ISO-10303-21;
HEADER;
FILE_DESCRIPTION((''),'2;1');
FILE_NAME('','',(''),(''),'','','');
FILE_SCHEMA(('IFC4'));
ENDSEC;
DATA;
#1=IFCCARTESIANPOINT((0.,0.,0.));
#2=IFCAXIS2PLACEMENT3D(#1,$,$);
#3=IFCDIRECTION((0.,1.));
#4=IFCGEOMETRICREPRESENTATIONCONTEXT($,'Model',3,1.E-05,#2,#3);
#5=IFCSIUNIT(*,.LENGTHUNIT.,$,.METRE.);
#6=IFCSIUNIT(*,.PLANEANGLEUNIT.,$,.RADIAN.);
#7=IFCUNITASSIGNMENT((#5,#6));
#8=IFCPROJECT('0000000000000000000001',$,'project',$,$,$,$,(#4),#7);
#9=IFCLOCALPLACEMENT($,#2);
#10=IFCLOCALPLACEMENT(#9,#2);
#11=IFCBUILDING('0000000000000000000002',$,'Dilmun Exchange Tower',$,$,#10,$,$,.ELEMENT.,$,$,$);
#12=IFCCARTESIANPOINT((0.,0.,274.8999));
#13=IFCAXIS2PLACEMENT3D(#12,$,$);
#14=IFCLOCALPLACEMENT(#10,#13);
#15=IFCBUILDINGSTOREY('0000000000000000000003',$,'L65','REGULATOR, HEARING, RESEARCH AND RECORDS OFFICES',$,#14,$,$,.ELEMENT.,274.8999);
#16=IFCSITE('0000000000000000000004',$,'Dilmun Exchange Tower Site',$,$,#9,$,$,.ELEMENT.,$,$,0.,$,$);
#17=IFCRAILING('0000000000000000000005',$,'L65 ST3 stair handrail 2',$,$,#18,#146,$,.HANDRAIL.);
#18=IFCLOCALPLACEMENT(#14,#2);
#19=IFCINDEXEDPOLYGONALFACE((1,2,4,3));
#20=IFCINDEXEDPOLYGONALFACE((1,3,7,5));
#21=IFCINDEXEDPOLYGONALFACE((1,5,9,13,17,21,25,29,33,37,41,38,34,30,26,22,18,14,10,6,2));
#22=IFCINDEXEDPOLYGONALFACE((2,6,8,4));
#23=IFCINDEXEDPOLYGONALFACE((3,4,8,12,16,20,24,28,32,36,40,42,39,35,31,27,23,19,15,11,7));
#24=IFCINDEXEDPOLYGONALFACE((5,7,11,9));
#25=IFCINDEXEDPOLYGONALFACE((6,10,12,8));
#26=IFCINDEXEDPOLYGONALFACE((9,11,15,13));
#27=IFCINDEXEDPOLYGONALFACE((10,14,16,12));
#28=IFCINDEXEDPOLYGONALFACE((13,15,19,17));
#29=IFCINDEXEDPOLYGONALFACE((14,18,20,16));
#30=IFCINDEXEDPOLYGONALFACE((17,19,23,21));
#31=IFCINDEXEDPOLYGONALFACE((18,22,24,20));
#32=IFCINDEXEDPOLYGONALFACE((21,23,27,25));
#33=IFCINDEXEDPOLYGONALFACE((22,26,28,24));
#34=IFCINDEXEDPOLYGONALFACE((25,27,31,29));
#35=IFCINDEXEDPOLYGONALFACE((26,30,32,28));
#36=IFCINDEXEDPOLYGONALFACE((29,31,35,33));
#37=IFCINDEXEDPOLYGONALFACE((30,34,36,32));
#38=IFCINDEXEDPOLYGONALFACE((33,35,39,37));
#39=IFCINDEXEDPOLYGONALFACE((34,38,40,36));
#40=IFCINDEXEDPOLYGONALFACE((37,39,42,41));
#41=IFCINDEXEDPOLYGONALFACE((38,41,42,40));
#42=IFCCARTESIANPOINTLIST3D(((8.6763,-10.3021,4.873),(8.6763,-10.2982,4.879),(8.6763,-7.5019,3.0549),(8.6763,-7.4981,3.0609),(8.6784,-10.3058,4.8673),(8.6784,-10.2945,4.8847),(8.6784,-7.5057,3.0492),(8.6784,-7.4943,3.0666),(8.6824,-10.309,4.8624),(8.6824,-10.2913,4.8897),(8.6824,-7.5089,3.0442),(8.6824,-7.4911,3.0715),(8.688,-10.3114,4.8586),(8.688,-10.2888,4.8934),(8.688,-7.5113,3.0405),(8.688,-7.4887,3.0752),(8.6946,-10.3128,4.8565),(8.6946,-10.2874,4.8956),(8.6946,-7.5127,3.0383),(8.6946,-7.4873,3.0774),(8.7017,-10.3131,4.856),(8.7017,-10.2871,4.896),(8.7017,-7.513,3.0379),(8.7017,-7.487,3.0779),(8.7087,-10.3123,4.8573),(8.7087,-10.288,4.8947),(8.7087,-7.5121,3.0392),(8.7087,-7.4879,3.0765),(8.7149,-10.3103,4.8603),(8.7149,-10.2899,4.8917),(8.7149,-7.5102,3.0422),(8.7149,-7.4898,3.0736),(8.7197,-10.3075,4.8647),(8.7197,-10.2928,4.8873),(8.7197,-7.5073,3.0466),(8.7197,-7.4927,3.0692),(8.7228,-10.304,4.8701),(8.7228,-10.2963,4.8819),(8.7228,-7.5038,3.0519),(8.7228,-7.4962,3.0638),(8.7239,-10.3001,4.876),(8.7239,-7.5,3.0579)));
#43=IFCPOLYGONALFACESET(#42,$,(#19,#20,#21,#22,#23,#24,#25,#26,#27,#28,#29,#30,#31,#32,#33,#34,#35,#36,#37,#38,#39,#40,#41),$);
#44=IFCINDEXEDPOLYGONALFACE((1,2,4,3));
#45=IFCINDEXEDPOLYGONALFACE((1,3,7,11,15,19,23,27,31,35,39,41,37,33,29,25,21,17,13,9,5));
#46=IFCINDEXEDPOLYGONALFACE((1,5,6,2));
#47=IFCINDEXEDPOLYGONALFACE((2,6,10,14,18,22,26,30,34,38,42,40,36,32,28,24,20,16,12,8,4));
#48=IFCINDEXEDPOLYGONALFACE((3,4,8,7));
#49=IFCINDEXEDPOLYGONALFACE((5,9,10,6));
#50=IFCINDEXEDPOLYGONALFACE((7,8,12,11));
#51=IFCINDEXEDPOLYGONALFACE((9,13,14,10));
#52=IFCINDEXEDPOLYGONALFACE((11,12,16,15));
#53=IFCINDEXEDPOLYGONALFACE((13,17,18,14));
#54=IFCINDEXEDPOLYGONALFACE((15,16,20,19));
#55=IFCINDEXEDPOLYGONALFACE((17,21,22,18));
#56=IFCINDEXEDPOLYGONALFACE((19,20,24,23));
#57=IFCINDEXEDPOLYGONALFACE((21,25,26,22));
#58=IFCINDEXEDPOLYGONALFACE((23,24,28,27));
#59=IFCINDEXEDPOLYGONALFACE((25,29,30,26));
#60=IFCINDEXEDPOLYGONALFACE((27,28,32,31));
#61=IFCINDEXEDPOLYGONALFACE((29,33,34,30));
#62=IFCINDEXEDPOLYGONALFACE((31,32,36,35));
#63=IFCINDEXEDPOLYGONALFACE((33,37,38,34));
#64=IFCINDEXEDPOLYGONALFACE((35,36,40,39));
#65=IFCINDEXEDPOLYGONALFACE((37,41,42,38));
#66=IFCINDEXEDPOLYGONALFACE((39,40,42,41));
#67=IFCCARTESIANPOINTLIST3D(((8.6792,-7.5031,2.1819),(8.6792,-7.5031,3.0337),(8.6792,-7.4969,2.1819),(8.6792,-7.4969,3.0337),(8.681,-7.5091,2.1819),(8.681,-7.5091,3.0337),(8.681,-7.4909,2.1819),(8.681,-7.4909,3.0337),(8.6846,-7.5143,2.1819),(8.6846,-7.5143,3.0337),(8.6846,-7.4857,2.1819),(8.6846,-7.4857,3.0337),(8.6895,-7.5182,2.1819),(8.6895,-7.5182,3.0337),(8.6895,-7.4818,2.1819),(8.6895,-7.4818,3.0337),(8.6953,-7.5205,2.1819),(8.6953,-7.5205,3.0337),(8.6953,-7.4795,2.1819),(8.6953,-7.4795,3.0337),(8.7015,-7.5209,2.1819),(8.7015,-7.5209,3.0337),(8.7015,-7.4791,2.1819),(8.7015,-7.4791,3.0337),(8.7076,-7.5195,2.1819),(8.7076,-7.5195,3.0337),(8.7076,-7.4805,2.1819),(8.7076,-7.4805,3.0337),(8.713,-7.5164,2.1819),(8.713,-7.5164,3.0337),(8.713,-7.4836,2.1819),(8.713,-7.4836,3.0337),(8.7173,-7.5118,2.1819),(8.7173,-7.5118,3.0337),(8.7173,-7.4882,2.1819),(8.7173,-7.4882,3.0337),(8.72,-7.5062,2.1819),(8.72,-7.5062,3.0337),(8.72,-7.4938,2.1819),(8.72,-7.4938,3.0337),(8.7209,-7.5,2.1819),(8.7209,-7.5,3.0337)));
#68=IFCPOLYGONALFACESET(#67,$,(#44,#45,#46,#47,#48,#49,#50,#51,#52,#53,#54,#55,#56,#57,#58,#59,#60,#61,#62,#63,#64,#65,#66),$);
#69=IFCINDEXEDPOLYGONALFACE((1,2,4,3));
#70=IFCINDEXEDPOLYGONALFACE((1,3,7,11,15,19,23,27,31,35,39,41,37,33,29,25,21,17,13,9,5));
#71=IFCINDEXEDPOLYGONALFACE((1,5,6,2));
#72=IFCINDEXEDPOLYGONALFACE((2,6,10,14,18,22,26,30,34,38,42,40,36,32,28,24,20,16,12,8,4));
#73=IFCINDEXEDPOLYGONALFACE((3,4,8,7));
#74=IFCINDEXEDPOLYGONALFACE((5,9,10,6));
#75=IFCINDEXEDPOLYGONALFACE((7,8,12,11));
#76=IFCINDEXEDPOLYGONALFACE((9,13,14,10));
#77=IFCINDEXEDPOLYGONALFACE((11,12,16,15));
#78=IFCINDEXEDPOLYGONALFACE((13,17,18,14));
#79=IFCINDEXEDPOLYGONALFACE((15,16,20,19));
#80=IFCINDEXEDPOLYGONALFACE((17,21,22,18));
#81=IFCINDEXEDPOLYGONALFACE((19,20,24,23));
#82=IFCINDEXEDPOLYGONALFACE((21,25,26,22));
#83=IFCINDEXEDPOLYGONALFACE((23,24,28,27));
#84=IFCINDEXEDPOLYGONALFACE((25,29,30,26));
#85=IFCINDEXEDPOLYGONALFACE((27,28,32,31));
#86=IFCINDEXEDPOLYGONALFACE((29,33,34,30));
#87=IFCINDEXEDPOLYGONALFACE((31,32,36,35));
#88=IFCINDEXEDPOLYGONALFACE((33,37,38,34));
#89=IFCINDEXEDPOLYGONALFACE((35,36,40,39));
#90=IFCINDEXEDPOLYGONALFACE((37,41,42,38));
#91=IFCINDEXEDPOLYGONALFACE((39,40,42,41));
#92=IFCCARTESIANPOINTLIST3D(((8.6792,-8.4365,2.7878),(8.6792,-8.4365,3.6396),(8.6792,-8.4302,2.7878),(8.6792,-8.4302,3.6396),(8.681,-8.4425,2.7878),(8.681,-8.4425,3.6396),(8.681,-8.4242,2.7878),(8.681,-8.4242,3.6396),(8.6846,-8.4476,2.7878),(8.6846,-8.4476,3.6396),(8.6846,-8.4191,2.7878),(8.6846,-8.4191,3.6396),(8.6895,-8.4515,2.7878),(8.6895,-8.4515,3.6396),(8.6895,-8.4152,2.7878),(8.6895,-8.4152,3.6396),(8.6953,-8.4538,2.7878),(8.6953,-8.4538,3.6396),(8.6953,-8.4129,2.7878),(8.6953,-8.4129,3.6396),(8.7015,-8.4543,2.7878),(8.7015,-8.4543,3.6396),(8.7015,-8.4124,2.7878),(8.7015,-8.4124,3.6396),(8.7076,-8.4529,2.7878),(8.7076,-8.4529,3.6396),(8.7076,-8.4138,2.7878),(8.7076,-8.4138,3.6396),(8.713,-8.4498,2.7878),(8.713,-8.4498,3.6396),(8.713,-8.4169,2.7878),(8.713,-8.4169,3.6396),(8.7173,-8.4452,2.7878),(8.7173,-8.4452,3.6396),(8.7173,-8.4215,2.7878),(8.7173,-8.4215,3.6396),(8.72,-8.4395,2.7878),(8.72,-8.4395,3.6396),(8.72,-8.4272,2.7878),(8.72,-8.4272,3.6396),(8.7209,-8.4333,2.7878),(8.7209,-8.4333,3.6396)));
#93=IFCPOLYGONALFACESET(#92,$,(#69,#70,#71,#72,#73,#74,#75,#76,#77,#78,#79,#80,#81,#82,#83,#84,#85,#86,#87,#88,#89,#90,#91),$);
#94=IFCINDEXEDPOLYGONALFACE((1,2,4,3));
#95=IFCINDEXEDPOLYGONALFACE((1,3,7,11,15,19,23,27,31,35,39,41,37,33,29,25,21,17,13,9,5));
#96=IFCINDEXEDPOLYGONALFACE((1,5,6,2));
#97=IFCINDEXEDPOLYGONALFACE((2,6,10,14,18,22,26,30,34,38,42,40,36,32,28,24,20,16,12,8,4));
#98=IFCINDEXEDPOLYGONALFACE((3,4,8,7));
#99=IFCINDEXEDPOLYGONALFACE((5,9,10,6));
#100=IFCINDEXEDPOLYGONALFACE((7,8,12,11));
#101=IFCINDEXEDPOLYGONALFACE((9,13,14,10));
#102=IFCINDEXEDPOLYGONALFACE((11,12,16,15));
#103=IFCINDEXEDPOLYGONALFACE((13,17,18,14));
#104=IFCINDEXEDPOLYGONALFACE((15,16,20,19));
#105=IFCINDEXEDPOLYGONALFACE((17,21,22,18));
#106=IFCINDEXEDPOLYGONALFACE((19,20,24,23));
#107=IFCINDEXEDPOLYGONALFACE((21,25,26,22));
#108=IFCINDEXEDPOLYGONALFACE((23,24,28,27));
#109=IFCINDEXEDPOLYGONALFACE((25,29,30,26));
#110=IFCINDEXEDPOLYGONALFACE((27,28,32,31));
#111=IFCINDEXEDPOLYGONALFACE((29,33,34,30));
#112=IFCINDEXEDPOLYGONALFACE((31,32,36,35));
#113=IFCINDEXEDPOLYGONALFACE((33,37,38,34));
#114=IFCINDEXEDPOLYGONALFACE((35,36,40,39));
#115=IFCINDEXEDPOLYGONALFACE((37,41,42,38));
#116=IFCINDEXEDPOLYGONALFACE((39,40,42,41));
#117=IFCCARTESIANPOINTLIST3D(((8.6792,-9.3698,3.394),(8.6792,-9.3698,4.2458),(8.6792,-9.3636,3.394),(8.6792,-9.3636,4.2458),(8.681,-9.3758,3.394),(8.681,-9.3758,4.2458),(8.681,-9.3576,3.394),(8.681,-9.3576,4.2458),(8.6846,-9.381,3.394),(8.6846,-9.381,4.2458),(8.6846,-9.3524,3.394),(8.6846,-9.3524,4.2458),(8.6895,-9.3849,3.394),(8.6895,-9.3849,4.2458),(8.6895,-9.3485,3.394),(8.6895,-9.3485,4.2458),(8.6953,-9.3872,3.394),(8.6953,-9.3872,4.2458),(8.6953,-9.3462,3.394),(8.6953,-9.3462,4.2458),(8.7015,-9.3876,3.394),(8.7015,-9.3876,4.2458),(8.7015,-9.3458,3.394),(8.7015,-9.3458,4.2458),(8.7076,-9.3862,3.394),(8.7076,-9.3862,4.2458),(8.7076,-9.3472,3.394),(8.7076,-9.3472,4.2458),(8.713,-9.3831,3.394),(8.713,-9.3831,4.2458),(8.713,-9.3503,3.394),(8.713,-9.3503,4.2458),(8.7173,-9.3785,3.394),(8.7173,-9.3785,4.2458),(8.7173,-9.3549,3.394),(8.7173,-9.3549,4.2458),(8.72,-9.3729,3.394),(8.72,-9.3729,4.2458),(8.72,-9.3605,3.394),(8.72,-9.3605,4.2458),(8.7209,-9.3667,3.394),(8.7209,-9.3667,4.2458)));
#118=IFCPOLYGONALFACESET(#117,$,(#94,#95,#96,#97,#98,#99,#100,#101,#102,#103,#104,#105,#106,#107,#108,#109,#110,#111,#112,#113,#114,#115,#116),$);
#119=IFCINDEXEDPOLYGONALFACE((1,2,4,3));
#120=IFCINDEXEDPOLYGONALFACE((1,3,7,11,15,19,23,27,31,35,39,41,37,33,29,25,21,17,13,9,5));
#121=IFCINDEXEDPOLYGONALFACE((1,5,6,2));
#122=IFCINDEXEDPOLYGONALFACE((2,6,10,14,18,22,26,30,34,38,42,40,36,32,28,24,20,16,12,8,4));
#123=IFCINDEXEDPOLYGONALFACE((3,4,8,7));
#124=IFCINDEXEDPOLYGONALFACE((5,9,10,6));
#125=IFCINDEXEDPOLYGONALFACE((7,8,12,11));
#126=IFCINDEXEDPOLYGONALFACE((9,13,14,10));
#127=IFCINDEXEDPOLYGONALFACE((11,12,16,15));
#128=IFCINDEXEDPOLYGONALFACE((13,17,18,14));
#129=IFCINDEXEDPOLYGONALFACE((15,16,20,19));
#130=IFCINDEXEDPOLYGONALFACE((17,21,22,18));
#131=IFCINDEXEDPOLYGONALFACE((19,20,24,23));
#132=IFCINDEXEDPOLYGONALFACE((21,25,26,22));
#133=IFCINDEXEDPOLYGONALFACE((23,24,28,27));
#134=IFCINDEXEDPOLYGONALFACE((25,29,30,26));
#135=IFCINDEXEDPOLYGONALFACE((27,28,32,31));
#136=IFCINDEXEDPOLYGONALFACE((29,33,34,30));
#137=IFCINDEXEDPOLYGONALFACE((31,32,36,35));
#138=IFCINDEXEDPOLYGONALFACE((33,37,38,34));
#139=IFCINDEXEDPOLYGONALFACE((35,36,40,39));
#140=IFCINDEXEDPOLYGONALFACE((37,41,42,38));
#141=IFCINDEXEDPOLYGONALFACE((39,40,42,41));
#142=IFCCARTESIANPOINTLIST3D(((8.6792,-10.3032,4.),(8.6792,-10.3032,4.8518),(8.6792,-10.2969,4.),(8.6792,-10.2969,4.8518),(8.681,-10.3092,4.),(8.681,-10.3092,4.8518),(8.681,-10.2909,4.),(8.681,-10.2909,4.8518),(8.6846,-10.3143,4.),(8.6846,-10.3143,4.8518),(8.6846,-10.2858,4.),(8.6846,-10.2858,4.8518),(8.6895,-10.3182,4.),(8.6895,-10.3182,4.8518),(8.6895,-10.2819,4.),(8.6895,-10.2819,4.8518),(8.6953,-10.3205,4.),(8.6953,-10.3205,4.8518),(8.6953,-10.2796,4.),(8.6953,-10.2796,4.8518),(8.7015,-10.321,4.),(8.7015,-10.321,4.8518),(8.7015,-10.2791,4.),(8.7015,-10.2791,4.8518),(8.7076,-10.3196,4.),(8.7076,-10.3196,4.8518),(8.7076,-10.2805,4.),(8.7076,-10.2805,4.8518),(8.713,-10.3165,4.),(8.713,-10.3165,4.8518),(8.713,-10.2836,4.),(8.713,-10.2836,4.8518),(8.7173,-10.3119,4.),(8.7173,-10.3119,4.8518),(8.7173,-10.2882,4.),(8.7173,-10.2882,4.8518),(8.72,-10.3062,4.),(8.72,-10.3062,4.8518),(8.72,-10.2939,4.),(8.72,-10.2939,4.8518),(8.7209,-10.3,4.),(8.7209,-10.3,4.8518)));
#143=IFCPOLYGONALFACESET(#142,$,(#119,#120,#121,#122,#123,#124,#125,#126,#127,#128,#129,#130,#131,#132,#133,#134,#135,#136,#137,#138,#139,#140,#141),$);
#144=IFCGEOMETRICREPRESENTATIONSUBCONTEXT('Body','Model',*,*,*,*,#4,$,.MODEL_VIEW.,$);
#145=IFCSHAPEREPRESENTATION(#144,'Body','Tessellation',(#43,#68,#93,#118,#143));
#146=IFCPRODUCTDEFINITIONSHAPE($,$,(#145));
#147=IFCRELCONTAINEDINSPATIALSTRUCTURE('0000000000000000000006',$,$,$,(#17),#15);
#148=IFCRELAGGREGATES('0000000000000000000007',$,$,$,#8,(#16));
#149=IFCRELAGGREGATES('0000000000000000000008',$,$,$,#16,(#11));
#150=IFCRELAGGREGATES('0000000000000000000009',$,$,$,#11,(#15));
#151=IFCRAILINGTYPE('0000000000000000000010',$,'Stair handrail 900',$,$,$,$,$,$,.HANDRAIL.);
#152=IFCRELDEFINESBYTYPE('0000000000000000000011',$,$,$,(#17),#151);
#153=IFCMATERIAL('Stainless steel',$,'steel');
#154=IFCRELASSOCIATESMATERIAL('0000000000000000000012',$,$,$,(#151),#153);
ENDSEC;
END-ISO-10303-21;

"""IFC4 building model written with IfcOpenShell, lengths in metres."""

from ifc_helpers import new_model, si_unit, direction, frame, origin, origin_2d, place, context, subcontext, project, spatial, circle, extrude, material, type_object, element, save


model = new_model("IFC4")

# Units and contexts
model_context = context("Model", 3, precision=1e-05, world=origin(), true_north=direction((0.0, 1.0)))
body_context = subcontext(model_context, "Body", "Model", "MODEL_VIEW")
ifc_project = project(units=[si_unit("LENGTHUNIT", "METRE"), si_unit("PLANEANGLEUNIT", "RADIAN")], contexts=[model_context])

# Site, building, storey
site_placement = place(None, origin())
site = spatial("IfcSite", under=ifc_project, at=site_placement, Name="Dilmun Exchange Tower Site", CompositionType="ELEMENT", RefElevation=0.0)
building_placement = place(site_placement, origin())
building = spatial("IfcBuilding", under=site, at=building_placement, Name="Dilmun Exchange Tower", CompositionType="ELEMENT")
storey_placement = place(building_placement, frame((0.0, 0.0, 274.8999)))
storey = spatial("IfcBuildingStorey", under=building, at=storey_placement, Name="L65", Description="REGULATOR, HEARING, RESEARCH AND RECORDS OFFICES", CompositionType="ELEMENT", Elevation=274.8999)

# Railing
ifc_material_1 = material(Name="Stainless steel", Category="steel")
railing_type = type_object("IfcRailingType", Name="Stair handrail 900", PredefinedType="HANDRAIL", material=ifc_material_1)
railing_1_placement = place(storey_placement, frame((8.7, -7.5, 2.1819)))
element("IfcRailing", 1, at=railing_1_placement, inside=storey, type_object=railing_type, Name="L65 ST3 stair handrail 2", PredefinedType="HANDRAIL", context=body_context, shape_type="SweptSolid", body=[
    extrude(circle(Radius=0.0239, at=origin_2d()), frame((0.0, 0.0, 0.876), z_axis=(0.0, -0.838706, 0.544585), x_axis=(1.0, 0.0, 0.0)), (0.0, 0.0, 1.0), 3.3386),
    extrude(circle(Radius=0.021, at=origin_2d()), origin(), (0.0, 0.0, 1.0), 0.8518),
    extrude(circle(Radius=0.021, at=origin_2d()), frame((0.0, -0.9333, 0.606)), (0.0, 0.0, 1.0), 0.8518),
    extrude(circle(Radius=0.021, at=origin_2d()), frame((0.0, -1.8667, 1.2122)), (0.0, 0.0, 1.0), 0.8518),
    extrude(circle(Radius=0.021, at=origin_2d()), frame((0.0, -2.8, 1.8181)), (0.0, 0.0, 1.0), 0.8518),
])

save(model, "model.ifc")
